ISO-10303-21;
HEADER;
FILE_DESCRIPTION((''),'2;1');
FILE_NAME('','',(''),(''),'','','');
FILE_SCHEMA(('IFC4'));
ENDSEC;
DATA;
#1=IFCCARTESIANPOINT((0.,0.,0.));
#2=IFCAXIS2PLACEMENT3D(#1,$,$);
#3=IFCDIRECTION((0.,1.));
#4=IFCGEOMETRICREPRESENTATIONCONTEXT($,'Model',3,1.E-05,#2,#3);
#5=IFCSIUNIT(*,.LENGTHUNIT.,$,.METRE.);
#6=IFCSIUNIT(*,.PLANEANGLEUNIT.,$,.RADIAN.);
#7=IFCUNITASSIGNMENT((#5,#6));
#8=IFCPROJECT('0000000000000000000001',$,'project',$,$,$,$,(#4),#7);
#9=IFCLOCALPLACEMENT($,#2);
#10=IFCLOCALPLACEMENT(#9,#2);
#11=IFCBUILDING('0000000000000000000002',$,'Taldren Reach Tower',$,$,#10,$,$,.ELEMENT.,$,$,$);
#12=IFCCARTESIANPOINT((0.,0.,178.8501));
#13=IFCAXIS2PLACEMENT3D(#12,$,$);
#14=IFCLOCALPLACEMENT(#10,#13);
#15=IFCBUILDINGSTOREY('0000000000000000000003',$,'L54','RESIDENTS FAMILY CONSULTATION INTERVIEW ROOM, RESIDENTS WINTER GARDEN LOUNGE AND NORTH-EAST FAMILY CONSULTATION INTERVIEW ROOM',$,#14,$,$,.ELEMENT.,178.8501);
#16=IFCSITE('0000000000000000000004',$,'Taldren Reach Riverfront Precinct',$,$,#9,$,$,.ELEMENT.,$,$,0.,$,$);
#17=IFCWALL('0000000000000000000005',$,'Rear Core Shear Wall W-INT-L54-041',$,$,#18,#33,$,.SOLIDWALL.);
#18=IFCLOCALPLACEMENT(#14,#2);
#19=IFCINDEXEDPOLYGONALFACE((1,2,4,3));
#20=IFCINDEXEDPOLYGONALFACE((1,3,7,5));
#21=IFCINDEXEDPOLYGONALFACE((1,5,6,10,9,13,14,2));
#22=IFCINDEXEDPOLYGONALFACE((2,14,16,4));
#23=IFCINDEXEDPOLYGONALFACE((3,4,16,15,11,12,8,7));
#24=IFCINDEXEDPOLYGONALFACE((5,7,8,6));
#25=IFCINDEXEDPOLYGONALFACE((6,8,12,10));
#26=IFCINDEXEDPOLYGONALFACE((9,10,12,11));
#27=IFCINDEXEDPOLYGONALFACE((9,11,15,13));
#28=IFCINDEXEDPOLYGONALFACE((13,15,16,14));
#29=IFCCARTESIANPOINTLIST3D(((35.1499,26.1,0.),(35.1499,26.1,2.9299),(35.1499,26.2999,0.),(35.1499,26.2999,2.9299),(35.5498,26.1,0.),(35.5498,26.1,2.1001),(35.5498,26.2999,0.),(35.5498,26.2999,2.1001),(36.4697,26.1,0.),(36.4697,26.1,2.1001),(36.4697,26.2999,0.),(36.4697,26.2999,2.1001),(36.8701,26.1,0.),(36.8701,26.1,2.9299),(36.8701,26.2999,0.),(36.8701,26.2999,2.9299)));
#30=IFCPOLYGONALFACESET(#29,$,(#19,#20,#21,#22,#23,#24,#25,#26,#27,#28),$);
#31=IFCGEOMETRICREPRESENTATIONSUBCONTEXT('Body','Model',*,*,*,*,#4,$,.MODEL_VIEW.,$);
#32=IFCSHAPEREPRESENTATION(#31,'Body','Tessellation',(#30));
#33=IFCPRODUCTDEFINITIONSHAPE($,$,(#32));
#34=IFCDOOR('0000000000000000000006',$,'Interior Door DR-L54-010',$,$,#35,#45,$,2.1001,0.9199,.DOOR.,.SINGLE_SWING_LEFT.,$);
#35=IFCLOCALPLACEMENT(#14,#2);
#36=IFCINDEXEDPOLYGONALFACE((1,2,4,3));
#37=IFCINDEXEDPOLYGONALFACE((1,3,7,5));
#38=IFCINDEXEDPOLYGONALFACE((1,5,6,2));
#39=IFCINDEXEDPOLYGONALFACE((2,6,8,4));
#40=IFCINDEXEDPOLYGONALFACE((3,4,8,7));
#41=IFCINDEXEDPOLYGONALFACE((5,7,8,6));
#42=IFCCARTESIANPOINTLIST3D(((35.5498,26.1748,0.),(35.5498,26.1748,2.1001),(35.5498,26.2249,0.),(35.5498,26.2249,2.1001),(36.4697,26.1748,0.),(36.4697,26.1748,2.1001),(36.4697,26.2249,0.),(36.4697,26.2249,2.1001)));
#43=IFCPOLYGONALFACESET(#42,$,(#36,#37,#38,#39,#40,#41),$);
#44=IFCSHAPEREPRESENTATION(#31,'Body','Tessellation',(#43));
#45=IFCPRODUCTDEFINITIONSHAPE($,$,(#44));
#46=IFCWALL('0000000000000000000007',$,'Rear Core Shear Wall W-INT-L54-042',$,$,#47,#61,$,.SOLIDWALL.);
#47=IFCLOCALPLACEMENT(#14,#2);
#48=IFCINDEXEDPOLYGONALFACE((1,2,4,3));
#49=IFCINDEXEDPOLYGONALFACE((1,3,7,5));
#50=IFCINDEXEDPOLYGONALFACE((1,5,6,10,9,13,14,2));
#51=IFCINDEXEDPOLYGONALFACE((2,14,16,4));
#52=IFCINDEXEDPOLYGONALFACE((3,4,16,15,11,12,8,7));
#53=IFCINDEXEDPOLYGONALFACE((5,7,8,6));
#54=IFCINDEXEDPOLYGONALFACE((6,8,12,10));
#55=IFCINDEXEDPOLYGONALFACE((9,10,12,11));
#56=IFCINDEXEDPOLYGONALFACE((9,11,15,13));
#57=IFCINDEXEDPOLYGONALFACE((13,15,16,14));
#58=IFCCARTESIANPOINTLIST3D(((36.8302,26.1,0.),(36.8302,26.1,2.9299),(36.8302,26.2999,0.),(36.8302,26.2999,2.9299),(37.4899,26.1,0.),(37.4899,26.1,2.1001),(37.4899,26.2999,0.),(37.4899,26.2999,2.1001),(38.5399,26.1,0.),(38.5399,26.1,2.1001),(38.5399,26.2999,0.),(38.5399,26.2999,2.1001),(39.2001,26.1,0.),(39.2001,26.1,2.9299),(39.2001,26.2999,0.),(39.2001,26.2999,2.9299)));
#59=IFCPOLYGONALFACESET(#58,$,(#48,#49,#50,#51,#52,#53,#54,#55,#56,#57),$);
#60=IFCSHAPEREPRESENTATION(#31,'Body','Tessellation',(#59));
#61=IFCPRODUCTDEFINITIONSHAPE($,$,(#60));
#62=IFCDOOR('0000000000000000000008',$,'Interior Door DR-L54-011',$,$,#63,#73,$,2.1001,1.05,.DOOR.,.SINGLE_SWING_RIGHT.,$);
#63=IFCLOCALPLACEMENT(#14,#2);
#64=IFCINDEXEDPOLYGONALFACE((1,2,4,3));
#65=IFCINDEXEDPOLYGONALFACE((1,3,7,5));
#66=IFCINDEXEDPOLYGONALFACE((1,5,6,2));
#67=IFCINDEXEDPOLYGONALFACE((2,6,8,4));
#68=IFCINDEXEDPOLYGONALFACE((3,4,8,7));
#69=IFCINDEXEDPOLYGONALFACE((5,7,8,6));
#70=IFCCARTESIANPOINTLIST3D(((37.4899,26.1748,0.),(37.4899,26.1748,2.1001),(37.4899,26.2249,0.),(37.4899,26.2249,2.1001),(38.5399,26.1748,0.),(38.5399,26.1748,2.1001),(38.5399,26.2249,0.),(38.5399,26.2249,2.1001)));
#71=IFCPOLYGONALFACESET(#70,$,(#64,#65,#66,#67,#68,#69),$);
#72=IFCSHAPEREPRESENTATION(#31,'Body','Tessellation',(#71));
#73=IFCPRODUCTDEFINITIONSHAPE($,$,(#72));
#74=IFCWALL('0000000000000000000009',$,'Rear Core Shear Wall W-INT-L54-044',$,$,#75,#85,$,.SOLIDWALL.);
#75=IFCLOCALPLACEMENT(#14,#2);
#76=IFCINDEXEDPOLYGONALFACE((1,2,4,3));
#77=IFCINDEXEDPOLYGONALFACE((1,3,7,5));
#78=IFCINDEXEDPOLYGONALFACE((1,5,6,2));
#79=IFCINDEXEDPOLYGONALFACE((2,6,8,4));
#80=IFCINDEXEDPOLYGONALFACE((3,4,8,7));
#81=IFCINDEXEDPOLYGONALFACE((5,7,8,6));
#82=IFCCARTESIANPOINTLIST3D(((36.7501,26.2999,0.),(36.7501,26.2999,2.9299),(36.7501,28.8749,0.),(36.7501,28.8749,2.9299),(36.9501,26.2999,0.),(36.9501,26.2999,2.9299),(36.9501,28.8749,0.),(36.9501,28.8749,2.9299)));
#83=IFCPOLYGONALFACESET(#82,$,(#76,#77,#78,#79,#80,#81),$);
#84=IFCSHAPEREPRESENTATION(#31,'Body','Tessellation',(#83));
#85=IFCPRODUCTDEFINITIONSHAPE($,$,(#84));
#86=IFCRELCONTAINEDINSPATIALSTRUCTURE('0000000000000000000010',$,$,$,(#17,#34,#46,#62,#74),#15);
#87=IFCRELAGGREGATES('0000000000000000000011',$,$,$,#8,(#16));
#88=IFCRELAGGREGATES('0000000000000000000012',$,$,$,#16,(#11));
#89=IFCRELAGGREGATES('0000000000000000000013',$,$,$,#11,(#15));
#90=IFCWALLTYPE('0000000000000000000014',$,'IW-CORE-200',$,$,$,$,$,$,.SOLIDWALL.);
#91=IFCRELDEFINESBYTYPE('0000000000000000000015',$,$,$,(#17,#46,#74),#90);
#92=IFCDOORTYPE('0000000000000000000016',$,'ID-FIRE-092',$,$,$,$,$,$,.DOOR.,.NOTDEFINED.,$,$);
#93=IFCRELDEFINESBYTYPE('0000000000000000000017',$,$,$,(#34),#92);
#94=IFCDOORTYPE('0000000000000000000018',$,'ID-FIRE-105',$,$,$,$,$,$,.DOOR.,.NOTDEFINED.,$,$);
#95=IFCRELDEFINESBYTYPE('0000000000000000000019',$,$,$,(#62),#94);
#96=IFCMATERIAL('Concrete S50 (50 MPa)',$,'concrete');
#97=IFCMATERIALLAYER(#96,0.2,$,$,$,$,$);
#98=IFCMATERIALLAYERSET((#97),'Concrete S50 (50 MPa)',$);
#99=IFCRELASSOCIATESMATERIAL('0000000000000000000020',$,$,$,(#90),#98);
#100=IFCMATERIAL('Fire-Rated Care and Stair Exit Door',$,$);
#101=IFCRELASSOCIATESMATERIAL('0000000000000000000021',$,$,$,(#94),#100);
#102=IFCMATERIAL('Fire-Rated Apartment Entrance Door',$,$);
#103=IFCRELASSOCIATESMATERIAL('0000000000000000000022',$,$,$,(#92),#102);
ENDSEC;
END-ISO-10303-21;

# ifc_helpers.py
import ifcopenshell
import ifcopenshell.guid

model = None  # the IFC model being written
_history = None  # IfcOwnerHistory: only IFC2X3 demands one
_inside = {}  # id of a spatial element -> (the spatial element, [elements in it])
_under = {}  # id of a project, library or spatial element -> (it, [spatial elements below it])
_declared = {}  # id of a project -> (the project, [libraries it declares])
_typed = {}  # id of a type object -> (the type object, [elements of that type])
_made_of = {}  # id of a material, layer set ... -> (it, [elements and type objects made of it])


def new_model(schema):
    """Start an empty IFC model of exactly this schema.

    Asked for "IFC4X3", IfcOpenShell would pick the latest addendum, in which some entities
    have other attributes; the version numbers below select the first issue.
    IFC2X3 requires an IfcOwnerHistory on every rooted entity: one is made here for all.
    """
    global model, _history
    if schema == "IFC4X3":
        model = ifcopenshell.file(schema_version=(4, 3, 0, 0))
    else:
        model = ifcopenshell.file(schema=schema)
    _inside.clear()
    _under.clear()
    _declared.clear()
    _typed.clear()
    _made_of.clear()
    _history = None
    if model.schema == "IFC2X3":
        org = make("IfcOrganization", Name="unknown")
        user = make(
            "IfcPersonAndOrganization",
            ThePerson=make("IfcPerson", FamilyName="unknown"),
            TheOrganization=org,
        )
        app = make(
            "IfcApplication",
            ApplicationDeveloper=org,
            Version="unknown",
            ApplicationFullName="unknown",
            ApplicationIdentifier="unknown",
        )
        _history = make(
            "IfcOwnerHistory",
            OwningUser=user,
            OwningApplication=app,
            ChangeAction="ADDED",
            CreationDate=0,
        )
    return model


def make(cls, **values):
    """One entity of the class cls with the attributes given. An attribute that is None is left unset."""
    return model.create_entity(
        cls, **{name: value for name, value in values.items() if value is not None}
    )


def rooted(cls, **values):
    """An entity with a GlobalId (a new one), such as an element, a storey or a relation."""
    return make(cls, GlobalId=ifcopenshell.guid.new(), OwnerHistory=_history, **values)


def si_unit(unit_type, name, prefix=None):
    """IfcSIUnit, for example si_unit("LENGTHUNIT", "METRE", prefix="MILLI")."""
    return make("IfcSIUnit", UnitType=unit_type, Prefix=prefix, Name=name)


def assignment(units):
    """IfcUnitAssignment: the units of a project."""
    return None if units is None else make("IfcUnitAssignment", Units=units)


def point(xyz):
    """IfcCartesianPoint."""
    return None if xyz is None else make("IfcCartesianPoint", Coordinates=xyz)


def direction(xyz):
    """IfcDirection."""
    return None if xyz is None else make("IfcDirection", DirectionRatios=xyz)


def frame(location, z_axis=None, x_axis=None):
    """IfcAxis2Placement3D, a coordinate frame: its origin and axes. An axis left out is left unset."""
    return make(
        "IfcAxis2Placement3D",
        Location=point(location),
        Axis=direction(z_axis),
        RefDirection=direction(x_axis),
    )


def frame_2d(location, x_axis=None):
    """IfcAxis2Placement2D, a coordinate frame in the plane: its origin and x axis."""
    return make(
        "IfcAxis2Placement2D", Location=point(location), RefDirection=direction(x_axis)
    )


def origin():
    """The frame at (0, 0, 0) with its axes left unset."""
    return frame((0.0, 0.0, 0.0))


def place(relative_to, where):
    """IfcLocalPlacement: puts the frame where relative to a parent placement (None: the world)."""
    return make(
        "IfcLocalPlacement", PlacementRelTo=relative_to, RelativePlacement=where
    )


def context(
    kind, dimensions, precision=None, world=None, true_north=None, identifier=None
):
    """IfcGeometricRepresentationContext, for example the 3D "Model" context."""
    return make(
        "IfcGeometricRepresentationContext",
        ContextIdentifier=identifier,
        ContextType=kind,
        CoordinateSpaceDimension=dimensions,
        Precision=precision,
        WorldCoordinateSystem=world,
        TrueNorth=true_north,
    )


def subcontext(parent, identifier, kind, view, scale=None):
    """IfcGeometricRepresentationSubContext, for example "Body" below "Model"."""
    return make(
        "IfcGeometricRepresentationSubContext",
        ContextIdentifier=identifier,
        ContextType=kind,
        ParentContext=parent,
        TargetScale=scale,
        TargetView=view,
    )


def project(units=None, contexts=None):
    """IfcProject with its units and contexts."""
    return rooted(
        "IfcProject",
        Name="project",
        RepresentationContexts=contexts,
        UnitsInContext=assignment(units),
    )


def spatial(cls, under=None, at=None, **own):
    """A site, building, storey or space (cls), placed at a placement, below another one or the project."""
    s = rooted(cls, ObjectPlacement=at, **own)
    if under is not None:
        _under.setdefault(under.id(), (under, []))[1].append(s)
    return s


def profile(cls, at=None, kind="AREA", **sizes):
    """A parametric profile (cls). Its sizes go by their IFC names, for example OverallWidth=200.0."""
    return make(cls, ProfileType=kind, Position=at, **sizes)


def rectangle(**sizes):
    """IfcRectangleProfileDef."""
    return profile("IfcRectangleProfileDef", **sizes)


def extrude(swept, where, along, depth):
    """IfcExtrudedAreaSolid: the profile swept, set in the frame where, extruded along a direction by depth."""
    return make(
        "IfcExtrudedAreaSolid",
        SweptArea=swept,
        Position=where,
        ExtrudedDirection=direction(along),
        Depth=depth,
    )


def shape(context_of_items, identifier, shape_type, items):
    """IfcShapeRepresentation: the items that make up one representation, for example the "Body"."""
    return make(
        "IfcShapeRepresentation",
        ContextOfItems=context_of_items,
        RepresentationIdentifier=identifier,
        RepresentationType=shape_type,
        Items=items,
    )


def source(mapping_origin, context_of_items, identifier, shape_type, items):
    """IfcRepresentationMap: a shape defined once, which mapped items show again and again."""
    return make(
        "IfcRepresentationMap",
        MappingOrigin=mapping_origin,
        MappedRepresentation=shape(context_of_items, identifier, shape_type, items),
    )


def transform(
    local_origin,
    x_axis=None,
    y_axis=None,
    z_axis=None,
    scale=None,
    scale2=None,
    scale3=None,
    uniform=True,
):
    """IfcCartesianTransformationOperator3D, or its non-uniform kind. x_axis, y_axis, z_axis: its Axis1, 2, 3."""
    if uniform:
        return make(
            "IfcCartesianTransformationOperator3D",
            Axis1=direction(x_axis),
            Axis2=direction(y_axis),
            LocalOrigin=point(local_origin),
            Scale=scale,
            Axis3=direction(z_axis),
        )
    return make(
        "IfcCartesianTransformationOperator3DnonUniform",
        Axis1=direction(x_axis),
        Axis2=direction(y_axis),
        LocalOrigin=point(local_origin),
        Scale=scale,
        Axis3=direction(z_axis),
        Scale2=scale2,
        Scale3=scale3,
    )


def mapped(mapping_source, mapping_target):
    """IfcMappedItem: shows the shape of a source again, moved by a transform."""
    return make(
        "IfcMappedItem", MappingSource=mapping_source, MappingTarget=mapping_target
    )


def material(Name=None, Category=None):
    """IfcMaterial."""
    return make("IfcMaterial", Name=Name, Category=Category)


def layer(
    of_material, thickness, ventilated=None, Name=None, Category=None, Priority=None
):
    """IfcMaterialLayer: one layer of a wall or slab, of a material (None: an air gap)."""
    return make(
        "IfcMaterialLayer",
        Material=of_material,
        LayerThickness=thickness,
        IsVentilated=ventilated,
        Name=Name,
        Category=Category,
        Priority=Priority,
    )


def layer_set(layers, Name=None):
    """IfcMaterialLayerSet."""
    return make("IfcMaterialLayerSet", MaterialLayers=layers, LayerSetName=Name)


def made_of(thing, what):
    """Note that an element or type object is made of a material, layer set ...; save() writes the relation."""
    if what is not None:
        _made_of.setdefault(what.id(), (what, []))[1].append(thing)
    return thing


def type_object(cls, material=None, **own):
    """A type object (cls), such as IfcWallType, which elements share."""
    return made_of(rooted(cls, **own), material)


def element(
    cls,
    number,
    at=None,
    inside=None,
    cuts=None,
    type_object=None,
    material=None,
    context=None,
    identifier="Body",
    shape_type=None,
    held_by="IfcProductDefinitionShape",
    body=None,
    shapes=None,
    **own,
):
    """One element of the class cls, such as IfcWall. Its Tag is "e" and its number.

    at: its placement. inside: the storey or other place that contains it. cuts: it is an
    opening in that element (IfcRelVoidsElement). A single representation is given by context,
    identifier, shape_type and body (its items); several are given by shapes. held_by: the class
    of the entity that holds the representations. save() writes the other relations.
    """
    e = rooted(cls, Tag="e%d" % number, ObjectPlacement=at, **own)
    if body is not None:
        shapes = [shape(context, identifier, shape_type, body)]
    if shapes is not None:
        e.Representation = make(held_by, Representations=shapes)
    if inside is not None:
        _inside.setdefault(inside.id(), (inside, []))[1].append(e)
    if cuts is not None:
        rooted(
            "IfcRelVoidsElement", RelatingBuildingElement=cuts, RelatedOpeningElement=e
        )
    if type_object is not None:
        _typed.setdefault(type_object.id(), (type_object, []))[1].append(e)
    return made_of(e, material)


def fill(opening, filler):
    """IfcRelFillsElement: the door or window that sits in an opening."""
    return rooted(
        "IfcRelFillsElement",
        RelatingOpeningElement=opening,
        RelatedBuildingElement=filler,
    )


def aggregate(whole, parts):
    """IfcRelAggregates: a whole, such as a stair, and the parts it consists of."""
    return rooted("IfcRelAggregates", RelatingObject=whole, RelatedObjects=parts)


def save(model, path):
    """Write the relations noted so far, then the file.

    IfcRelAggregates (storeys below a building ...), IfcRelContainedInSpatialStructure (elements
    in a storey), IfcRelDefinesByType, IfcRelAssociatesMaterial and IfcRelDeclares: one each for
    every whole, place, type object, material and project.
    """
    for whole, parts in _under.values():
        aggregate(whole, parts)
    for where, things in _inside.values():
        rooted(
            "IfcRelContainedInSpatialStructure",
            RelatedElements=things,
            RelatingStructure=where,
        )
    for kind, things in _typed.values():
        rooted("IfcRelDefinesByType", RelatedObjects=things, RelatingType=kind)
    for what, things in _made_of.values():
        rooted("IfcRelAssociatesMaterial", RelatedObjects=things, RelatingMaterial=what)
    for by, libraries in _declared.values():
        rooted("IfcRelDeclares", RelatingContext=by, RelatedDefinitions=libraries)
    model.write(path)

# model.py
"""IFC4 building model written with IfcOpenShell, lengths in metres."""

from ifc_helpers import new_model, si_unit, direction, frame, frame_2d, origin, place, context, subcontext, project, spatial, rectangle, extrude, source, transform, mapped, material, layer, layer_set, type_object, element, fill, save


model = new_model("IFC4")

# Units and contexts
model_context = context("Model", 3, precision=1e-05, world=origin(), true_north=direction((0.0, 1.0)))
body_context = subcontext(model_context, "Body", "Model", "MODEL_VIEW")
ifc_project = project(units=[si_unit("LENGTHUNIT", "METRE"), si_unit("PLANEANGLEUNIT", "RADIAN")], contexts=[model_context])

# Site, building, storey
site_placement = place(None, origin())
site = spatial("IfcSite", under=ifc_project, at=site_placement, Name="Taldren Reach Riverfront Precinct", CompositionType="ELEMENT", RefElevation=0.0)
building_placement = place(site_placement, origin())
building = spatial("IfcBuilding", under=site, at=building_placement, Name="Taldren Reach Tower", CompositionType="ELEMENT")
storey_placement = place(building_placement, frame((0.0, 0.0, 178.8501)))
storey = spatial("IfcBuildingStorey", under=building, at=storey_placement, Name="L54", Description="RESIDENTS FAMILY CONSULTATION INTERVIEW ROOM, RESIDENTS WINTER GARDEN LOUNGE AND NORTH-EAST FAMILY CONSULTATION INTERVIEW ROOM", CompositionType="ELEMENT", Elevation=178.8501)

# Shared definitions
ifc_material_1 = material(Name="Concrete S50 (50 MPa)", Category="concrete")
ifc_layer_1 = layer(ifc_material_1, 0.2)
ifc_layer_set_1 = layer_set([ifc_layer_1], Name="Concrete S50 (50 MPa)")
wall_type_1 = type_object("IfcWallType", Name="IW-CORE-200", PredefinedType="SOLIDWALL", material=ifc_layer_set_1)

# Shared definitions
shared_shape_1 = source(origin(), body_context, "Body", "SweptSolid", [
    extrude(rectangle(XDim=1.05, YDim=2.1001, at=frame_2d((0.5249, 1.05))), frame((0.0, 0.1099, 0.0), z_axis=(0.0, -1.0, 0.0), x_axis=(1.0, 0.0, 0.0)), (0.0, 0.0, 1.0), 0.22),
])
ifc_material_2 = material(Name="Fire-Rated Care and Stair Exit Door")
door_type_1 = type_object("IfcDoorType", Name="ID-FIRE-105", OperationType="NOTDEFINED", PredefinedType="DOOR", material=ifc_material_2)
shared_shape_2 = source(origin(), body_context, "Body", "SweptSolid", [
    extrude(rectangle(XDim=1.05, YDim=2.1001, at=frame_2d((0.5249, 1.05))), frame((0.0, 0.0249, 0.0), z_axis=(0.0, -1.0, 0.0), x_axis=(1.0, 0.0, 0.0)), (0.0, 0.0, 1.0), 0.05),
])

# Walls, openings, doors
shared_shape_3 = source(origin(), body_context, "Body", "SweptSolid", [
    extrude(rectangle(XDim=1.7202, YDim=0.2, at=frame_2d((0.8601, 0.0))), origin(), (0.0, 0.0, 1.0), 2.9299),
])
wall_1_placement = place(storey_placement, frame((35.1499, 26.2, 0.0), z_axis=(0.0, 0.0, 1.0), x_axis=(1.0, 0.0, 0.0)))
wall_1 = element("IfcWall", 1, at=wall_1_placement, inside=storey, type_object=wall_type_1, Name="Rear Core Shear Wall W-INT-L54-041", PredefinedType="SOLIDWALL", context=body_context, shape_type="MappedRepresentation", body=[
    mapped(shared_shape_3, transform((0.0, 0.0, 0.0), scale=1.0)),
])
shared_shape_4 = source(origin(), body_context, "Body", "SweptSolid", [
    extrude(rectangle(XDim=0.9199, YDim=2.1001, at=frame_2d((0.46, 1.05))), frame((0.0, 0.1099, 0.0), z_axis=(0.0, -1.0, 0.0), x_axis=(1.0, 0.0, 0.0)), (0.0, 0.0, 1.0), 0.22),
])
opening_1_placement = place(wall_1_placement, frame((0.3999, 0.0, 0.0)))
opening_1 = element("IfcOpeningElement", 2, at=opening_1_placement, cuts=wall_1, PredefinedType="OPENING", context=body_context, shape_type="MappedRepresentation", body=[
    mapped(shared_shape_4, transform((0.0, 0.0, 0.0), scale=1.0)),
])
ifc_material_3 = material(Name="Fire-Rated Apartment Entrance Door")
door_type_2 = type_object("IfcDoorType", Name="ID-FIRE-092", OperationType="NOTDEFINED", PredefinedType="DOOR", material=ifc_material_3)
shared_shape_5 = source(origin(), body_context, "Body", "SweptSolid", [
    extrude(rectangle(XDim=0.9199, YDim=2.1001, at=frame_2d((0.46, 1.05))), frame((0.0, 0.0249, 0.0), z_axis=(0.0, -1.0, 0.0), x_axis=(1.0, 0.0, 0.0)), (0.0, 0.0, 1.0), 0.05),
])
door_1_placement = place(opening_1_placement, origin())
door_1 = element("IfcDoor", 3, at=door_1_placement, inside=storey, type_object=door_type_2, Name="Interior Door DR-L54-010", OperationType="SINGLE_SWING_LEFT", OverallHeight=2.1001, OverallWidth=0.9199, PredefinedType="DOOR", context=body_context, shape_type="MappedRepresentation", body=[
    mapped(shared_shape_5, transform((0.0, 0.0, 0.0), scale=1.0)),
])
fill(opening_1, door_1)
shared_shape_6 = source(origin(), body_context, "Body", "SweptSolid", [
    extrude(rectangle(XDim=2.3699, YDim=0.2, at=frame_2d((1.1851, 0.0))), origin(), (0.0, 0.0, 1.0), 2.9299),
])
wall_2_placement = place(storey_placement, frame((36.8301, 26.2, 0.0), z_axis=(0.0, 0.0, 1.0), x_axis=(1.0, 0.0, 0.0)))
wall_2 = element("IfcWall", 4, at=wall_2_placement, inside=storey, type_object=wall_type_1, Name="Rear Core Shear Wall W-INT-L54-042", PredefinedType="SOLIDWALL", context=body_context, shape_type="MappedRepresentation", body=[
    mapped(shared_shape_6, transform((0.0, 0.0, 0.0), scale=1.0)),
])
opening_2_placement = place(wall_2_placement, frame((0.6599, 0.0, 0.0)))
opening_2 = element("IfcOpeningElement", 5, at=opening_2_placement, cuts=wall_2, PredefinedType="OPENING", context=body_context, shape_type="MappedRepresentation", body=[
    mapped(shared_shape_1, transform((0.0, 0.0, 0.0), scale=1.0)),
])
door_2_placement = place(opening_2_placement, origin())
door_2 = element("IfcDoor", 6, at=door_2_placement, inside=storey, type_object=door_type_1, Name="Interior Door DR-L54-011", OperationType="SINGLE_SWING_RIGHT", OverallHeight=2.1001, OverallWidth=1.05, PredefinedType="DOOR", context=body_context, shape_type="MappedRepresentation", body=[
    mapped(shared_shape_2, transform((0.0, 0.0, 0.0), scale=1.0)),
])
fill(opening_2, door_2)

# Wall
shared_shape_7 = source(origin(), body_context, "Body", "SweptSolid", [
    extrude(rectangle(XDim=2.575, YDim=0.2, at=frame_2d((1.2876, 0.0))), origin(), (0.0, 0.0, 1.0), 2.9299),
])
wall_3_placement = place(storey_placement, frame((36.8501, 28.875, 0.0), z_axis=(0.0, 0.0, 1.0), x_axis=(0.0, -1.0, 0.0)))
element("IfcWall", 7, at=wall_3_placement, inside=storey, type_object=wall_type_1, Name="Rear Core Shear Wall W-INT-L54-044", PredefinedType="SOLIDWALL", context=body_context, shape_type="MappedRepresentation", body=[
    mapped(shared_shape_7, transform((0.0, 0.0, 0.0), scale=1.0)),
])

save(model, "model.ifc")
